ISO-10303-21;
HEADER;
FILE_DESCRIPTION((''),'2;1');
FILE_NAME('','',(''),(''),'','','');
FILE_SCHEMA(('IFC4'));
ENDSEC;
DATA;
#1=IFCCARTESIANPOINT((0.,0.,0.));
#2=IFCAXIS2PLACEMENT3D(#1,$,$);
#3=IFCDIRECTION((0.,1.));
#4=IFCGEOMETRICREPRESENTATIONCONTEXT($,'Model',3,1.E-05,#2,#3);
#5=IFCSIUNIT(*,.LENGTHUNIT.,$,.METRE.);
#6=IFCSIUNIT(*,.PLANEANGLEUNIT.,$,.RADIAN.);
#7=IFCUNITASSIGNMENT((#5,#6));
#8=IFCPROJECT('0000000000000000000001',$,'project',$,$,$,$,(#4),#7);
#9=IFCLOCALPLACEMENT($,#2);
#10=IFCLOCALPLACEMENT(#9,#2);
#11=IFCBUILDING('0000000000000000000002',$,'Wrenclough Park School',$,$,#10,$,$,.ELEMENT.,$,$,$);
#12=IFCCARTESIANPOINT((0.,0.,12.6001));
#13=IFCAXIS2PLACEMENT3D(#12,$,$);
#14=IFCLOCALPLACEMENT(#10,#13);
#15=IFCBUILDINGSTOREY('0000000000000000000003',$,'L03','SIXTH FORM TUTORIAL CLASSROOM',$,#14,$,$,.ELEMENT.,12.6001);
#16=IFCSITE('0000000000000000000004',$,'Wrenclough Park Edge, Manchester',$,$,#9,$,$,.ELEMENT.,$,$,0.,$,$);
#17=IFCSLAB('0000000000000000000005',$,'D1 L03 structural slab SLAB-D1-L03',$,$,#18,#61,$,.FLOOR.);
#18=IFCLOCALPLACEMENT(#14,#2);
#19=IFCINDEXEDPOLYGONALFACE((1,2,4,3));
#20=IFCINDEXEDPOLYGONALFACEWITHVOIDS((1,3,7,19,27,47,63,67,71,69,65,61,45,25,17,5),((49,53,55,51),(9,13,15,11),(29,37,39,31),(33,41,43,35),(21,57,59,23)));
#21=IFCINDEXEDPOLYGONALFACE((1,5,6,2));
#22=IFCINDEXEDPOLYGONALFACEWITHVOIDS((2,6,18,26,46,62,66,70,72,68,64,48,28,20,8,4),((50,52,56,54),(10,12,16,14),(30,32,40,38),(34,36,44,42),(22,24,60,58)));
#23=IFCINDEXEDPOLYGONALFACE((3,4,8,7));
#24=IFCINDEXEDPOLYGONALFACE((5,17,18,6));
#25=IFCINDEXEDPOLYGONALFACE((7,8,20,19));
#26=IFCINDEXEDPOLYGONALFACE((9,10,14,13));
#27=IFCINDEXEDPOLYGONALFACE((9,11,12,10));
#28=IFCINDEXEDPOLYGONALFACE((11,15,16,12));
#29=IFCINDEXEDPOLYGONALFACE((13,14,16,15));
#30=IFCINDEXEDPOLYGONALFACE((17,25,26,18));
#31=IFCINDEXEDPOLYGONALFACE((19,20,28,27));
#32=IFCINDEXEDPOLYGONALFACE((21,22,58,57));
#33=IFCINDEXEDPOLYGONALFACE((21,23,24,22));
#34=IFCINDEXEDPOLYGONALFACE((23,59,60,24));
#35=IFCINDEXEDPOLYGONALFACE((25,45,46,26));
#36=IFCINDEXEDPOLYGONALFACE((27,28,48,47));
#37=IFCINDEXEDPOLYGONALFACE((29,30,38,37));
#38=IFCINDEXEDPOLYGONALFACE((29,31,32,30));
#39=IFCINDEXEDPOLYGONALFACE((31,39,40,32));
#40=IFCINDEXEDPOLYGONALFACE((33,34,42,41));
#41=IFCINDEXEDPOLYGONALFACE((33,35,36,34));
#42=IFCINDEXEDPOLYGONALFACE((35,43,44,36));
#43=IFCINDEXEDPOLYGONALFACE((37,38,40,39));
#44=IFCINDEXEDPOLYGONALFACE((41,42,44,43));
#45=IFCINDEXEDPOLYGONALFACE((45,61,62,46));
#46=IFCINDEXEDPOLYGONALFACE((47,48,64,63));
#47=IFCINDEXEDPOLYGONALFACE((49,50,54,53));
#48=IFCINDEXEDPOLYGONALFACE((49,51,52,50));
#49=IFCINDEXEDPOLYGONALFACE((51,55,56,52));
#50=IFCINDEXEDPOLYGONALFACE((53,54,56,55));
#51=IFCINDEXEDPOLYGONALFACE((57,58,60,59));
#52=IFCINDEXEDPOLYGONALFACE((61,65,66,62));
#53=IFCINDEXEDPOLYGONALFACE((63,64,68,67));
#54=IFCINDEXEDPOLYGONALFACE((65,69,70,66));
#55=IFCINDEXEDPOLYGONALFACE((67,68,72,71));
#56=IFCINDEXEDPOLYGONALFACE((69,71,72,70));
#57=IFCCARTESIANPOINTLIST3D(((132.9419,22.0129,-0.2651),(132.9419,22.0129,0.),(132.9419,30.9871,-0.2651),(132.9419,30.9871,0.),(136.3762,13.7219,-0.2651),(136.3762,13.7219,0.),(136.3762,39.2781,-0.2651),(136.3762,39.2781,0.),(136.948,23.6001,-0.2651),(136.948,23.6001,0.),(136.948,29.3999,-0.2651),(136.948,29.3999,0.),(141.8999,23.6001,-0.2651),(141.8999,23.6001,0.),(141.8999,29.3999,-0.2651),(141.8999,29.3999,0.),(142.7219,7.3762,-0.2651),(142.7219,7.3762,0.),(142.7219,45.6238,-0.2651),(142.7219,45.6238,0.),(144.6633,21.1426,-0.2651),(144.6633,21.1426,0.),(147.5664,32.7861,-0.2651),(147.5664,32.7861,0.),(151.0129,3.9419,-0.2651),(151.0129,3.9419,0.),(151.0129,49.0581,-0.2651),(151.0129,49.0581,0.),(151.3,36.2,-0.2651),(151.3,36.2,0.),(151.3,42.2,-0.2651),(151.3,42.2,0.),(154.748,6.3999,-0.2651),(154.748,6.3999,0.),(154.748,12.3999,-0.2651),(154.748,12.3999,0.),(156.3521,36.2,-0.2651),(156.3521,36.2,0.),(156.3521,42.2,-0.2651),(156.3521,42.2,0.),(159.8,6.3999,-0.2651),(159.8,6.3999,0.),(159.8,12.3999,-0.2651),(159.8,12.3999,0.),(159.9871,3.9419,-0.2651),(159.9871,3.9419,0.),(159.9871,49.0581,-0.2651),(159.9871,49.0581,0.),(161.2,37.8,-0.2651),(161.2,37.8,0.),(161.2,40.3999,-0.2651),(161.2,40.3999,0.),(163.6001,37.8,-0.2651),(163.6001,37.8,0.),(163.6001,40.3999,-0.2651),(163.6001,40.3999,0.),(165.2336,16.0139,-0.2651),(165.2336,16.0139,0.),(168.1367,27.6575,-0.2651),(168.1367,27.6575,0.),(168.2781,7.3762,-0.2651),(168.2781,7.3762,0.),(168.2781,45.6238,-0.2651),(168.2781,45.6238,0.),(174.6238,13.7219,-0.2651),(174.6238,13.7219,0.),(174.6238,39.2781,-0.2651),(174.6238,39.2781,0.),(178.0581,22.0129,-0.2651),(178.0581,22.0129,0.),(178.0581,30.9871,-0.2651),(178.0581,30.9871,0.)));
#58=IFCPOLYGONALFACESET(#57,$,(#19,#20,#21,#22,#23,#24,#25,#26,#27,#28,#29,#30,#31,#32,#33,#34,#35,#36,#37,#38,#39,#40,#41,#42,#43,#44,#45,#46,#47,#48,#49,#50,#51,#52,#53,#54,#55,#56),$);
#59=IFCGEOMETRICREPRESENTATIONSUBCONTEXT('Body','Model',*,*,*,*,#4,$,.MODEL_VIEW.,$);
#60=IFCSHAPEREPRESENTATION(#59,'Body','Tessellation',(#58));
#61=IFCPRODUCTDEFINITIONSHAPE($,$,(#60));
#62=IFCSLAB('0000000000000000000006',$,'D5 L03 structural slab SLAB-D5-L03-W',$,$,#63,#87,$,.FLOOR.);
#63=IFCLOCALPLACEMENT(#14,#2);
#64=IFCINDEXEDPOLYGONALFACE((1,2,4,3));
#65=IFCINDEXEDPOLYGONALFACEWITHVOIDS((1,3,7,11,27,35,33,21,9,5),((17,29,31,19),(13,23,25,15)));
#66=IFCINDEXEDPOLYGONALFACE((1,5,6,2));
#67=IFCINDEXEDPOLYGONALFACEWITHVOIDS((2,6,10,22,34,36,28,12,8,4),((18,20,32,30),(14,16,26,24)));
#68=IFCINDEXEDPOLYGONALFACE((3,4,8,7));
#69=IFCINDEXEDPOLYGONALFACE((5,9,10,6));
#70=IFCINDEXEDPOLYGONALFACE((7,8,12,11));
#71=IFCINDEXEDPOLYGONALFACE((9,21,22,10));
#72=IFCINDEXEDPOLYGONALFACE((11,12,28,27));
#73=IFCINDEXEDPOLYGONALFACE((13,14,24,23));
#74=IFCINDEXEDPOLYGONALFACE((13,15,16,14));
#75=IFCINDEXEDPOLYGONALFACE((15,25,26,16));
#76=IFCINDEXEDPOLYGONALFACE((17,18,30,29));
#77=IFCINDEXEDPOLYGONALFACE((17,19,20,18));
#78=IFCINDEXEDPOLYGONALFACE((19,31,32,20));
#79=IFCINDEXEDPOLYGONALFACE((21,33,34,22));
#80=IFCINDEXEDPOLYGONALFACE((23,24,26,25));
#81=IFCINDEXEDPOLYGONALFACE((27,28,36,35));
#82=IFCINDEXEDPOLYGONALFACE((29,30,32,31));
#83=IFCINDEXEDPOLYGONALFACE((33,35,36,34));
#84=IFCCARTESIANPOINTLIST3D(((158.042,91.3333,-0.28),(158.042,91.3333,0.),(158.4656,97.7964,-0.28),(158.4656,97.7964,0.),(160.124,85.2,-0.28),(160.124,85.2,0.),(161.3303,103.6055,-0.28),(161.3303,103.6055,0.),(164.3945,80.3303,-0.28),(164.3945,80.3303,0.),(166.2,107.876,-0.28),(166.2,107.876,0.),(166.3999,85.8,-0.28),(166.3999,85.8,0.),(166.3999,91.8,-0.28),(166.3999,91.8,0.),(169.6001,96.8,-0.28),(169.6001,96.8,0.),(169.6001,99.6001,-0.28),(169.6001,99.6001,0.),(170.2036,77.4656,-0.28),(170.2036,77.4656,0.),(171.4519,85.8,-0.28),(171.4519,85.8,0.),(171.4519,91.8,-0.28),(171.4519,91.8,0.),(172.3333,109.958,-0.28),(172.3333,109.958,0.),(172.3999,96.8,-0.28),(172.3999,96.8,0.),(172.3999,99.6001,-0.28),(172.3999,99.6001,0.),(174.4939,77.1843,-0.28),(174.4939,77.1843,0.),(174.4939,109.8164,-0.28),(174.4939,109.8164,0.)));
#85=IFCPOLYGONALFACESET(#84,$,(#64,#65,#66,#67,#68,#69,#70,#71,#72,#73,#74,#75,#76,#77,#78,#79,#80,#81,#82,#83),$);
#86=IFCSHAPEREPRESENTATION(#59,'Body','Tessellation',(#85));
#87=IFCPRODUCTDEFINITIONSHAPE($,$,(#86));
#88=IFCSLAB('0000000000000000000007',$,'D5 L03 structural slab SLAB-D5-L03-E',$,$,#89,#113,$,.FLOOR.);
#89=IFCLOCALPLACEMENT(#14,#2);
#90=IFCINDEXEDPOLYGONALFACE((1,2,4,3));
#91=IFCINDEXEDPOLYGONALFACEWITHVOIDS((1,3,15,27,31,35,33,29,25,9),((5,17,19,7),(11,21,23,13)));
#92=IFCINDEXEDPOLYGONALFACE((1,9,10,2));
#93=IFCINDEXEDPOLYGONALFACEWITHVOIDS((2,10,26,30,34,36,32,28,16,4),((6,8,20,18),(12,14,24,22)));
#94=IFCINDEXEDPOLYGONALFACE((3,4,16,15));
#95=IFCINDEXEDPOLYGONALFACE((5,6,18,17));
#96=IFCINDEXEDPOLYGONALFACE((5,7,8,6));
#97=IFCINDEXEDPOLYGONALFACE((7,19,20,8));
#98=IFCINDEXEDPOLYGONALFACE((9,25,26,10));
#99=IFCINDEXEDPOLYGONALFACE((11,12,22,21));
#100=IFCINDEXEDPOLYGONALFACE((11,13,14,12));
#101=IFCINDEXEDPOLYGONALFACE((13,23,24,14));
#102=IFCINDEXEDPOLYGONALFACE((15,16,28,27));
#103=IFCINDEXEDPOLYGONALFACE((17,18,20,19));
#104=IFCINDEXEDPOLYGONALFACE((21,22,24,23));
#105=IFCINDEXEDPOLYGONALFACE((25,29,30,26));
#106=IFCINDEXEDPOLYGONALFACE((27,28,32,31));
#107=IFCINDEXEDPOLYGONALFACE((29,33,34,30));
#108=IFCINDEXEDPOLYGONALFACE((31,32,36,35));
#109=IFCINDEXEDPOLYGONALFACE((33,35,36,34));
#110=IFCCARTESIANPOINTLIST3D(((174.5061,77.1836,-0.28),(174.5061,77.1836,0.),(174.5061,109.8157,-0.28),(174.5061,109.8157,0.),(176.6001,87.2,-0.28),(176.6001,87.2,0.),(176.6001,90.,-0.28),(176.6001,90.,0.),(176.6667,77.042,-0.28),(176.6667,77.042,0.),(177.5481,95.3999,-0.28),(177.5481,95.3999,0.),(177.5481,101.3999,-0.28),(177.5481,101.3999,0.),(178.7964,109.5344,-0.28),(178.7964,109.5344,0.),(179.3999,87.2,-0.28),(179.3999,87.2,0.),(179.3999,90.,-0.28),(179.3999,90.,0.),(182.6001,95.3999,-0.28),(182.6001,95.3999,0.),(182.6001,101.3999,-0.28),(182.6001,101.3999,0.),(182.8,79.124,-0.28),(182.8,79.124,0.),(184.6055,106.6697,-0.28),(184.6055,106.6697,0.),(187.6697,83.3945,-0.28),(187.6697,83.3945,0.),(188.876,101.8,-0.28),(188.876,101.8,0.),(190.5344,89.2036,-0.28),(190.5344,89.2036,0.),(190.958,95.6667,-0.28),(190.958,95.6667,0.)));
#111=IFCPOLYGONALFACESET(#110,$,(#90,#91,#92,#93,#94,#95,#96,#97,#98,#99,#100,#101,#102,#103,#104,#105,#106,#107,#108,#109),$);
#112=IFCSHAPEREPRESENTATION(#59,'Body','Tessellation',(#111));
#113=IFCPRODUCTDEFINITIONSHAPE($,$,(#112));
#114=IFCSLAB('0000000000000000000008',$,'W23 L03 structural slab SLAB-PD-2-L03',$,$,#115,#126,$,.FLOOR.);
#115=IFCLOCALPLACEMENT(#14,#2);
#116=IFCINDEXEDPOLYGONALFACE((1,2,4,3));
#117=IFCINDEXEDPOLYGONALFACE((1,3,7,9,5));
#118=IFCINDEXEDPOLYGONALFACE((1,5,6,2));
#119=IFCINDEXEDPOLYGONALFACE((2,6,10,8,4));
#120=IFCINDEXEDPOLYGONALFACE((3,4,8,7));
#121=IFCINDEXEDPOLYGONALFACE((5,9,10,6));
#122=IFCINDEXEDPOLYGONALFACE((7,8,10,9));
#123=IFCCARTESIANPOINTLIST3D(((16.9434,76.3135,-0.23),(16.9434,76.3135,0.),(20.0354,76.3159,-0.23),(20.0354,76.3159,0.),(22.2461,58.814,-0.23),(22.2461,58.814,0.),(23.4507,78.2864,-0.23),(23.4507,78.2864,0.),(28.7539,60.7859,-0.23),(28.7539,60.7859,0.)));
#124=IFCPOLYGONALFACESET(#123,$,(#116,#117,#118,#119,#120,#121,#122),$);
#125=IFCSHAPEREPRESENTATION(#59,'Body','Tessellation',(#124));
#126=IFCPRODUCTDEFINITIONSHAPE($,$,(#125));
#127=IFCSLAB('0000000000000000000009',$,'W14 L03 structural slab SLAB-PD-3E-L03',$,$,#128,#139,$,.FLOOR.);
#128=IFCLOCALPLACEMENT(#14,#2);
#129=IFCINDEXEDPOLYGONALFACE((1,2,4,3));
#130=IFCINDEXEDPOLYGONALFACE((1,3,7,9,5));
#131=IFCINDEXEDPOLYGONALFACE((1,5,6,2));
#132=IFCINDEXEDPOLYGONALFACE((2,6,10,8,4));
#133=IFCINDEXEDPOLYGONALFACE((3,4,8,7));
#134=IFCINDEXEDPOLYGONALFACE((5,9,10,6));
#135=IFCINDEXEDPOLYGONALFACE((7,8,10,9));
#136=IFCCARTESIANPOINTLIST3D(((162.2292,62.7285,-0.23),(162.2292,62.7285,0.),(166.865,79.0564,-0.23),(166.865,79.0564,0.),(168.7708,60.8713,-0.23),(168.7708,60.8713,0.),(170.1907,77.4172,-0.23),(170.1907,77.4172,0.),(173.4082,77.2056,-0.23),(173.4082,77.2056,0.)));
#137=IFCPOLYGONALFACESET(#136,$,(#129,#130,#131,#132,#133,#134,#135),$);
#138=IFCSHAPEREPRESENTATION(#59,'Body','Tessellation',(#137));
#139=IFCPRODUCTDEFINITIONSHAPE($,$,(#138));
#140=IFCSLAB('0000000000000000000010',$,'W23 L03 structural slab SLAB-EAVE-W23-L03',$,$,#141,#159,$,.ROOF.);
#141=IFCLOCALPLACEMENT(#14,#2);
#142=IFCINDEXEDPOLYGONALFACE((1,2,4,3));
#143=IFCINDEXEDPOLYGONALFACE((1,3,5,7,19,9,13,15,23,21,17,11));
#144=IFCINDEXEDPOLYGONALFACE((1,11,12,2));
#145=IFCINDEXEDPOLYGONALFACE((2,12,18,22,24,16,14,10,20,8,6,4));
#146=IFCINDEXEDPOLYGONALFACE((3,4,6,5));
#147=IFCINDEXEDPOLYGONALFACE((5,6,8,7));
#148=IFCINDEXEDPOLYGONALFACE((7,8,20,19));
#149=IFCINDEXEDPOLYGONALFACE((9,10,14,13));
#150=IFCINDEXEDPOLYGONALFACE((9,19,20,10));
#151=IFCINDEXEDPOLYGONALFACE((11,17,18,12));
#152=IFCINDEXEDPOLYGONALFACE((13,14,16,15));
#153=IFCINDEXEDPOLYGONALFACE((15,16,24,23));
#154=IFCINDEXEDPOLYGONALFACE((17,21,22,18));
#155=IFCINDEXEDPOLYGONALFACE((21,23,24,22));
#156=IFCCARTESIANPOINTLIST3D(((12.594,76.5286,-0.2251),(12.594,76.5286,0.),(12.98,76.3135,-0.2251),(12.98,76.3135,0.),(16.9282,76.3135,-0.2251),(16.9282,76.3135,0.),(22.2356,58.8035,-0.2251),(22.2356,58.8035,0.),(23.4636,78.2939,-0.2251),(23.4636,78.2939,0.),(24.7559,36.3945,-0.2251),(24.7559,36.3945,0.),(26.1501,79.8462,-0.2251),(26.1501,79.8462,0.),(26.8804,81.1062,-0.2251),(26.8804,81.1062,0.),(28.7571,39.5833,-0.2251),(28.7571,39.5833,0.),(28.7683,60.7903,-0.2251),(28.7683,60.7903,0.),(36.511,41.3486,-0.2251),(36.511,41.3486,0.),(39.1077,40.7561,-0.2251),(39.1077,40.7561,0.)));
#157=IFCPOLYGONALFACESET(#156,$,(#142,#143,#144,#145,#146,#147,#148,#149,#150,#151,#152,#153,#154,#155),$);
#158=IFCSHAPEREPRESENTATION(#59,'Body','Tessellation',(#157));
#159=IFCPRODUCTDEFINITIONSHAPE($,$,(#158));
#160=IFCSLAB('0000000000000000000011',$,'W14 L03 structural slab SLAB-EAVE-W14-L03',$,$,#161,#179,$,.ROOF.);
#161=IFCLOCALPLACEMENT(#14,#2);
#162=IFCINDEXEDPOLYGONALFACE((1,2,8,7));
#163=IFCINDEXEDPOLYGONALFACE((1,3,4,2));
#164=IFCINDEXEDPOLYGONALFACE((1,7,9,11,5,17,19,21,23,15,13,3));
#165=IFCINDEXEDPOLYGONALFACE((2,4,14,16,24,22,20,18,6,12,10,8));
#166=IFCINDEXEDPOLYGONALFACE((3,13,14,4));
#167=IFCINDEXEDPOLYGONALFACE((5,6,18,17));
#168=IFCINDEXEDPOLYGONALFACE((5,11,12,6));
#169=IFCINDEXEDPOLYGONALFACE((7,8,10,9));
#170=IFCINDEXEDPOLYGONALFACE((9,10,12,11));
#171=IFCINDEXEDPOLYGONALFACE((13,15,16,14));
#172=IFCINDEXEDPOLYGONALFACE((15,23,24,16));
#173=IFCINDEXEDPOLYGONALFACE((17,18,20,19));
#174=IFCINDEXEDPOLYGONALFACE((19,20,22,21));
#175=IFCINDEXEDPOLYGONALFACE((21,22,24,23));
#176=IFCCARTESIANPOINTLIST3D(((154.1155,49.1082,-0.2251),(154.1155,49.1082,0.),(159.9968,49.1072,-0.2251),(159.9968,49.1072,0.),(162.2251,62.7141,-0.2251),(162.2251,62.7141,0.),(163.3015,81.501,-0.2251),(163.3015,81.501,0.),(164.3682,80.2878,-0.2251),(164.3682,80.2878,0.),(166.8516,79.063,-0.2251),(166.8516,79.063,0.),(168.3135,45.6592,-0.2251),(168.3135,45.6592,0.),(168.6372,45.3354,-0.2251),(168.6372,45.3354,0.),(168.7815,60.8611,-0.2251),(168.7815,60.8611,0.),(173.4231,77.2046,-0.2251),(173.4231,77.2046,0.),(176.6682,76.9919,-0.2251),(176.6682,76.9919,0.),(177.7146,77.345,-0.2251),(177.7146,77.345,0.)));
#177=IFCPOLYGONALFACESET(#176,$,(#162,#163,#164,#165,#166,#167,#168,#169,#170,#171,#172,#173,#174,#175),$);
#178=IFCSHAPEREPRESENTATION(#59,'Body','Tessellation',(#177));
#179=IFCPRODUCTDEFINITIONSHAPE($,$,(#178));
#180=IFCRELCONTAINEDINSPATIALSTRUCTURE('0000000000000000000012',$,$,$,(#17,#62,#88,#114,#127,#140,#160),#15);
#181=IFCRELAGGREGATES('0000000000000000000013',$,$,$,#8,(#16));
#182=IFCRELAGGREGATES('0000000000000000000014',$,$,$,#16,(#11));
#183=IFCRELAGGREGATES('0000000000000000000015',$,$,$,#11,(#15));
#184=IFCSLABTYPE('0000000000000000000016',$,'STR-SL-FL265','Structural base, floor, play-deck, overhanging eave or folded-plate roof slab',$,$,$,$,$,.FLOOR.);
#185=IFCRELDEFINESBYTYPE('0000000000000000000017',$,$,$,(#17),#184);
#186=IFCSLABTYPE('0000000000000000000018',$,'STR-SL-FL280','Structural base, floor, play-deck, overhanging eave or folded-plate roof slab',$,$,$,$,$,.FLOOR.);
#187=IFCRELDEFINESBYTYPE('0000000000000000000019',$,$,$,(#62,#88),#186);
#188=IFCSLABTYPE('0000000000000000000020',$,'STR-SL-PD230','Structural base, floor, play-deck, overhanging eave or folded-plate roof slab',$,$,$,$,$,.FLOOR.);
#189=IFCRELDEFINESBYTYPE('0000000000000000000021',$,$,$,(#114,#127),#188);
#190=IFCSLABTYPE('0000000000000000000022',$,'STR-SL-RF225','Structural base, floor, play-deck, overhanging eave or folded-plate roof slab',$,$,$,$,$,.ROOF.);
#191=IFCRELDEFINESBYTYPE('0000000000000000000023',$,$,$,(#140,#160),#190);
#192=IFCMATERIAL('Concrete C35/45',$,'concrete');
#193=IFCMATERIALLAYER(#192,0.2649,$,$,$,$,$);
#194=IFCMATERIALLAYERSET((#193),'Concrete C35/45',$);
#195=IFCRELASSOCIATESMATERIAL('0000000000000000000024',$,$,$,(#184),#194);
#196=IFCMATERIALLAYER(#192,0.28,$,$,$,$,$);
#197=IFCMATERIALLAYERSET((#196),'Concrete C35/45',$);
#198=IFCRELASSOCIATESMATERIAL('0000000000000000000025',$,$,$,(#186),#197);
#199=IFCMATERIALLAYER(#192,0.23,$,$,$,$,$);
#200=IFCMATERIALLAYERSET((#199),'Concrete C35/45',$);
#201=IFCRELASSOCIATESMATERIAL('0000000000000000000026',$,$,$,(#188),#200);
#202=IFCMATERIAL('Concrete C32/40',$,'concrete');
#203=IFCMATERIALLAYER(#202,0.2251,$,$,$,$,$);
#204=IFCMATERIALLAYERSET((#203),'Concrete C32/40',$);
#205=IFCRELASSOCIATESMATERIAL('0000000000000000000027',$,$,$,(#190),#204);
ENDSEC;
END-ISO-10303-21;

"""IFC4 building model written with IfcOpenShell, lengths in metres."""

from ifc_helpers import new_model, si_unit, direction, frame, origin, place, context, subcontext, project, spatial, polyline, outline, extrude, material, layer, layer_set, type_object, element, save


model = new_model("IFC4")

# Units and contexts
model_context = context("Model", 3, precision=1e-05, world=origin(), true_north=direction((0.0, 1.0)))
body_context = subcontext(model_context, "Body", "Model", "MODEL_VIEW")
ifc_project = project(units=[si_unit("LENGTHUNIT", "METRE"), si_unit("PLANEANGLEUNIT", "RADIAN")], contexts=[model_context])

# Site, building, storey
site_placement = place(None, origin())
site = spatial("IfcSite", under=ifc_project, at=site_placement, Name="Wrenclough Park Edge, Manchester", CompositionType="ELEMENT", RefElevation=0.0)
building_placement = place(site_placement, origin())
building = spatial("IfcBuilding", under=site, at=building_placement, Name="Wrenclough Park School", CompositionType="ELEMENT")
storey_placement = place(building_placement, frame((0.0, 0.0, 12.6001)))
storey = spatial("IfcBuildingStorey", under=building, at=storey_placement, Name="L03", Description="SIXTH FORM TUTORIAL CLASSROOM", CompositionType="ELEMENT", Elevation=12.6001)

# Slabs
ifc_material_1 = material(Name="Concrete C32/40", Category="concrete")
ifc_material_2 = material(Name="Concrete C35/45", Category="concrete")
ifc_layer_1 = layer(ifc_material_2, 0.2649)
ifc_layer_set_1 = layer_set([ifc_layer_1], Name="Concrete C35/45")
slab_type_1 = type_object("IfcSlabType", Name="STR-SL-FL265", Description="Structural base, floor, play-deck, overhanging eave or folded-plate roof slab", PredefinedType="FLOOR", material=ifc_layer_set_1)
slab_1_placement = place(storey_placement, frame((0.0, 0.0, -0.2651)))
element("IfcSlab", 1, at=slab_1_placement, inside=storey, type_object=slab_type_1, Name="D1 L03 structural slab SLAB-D1-L03", PredefinedType="FLOOR", context=body_context, shape_type="SweptSolid", body=[
    extrude(outline(polyline([(178.0581, 30.9871), (174.6238, 39.2781), (168.2781, 45.6238), (159.9871, 49.0581), (151.0129, 49.0581), (142.7219, 45.6238), (136.3762, 39.2781), (132.9419, 30.9871), (132.9419, 22.0129), (136.3762, 13.7219), (142.7219, 7.3762), (151.0129, 3.9419), (159.9871, 3.9419), (168.2781, 7.3762), (174.6238, 13.7219), (178.0581, 22.0129), (178.0581, 30.9871)]), holes=[polyline([(144.6633, 21.1426), (165.2336, 16.0139), (168.1367, 27.6575), (147.5664, 32.7861), (144.6633, 21.1426)]), polyline([(151.3, 36.2), (156.3521, 36.2), (156.3521, 42.2), (151.3, 42.2), (151.3, 36.2)]), polyline([(161.2, 37.8), (163.6001, 37.8), (163.6001, 40.3999), (161.2, 40.3999), (161.2, 37.8)]), polyline([(154.748, 6.3999), (159.8, 6.3999), (159.8, 12.3999), (154.748, 12.3999), (154.748, 6.3999)]), polyline([(136.948, 23.6001), (141.8999, 23.6001), (141.8999, 29.3999), (136.948, 29.3999), (136.948, 23.6001)])]), origin(), (0.0, 0.0, 1.0), 0.2651),
])
ifc_layer_2 = layer(ifc_material_2, 0.28)
ifc_layer_set_2 = layer_set([ifc_layer_2], Name="Concrete C35/45")
slab_type_2 = type_object("IfcSlabType", Name="STR-SL-FL280", Description="Structural base, floor, play-deck, overhanging eave or folded-plate roof slab", PredefinedType="FLOOR", material=ifc_layer_set_2)
slab_2_placement = place(storey_placement, frame((0.0, 0.0, -0.28)))
element("IfcSlab", 2, at=slab_2_placement, inside=storey, type_object=slab_type_2, Name="D5 L03 structural slab SLAB-D5-L03-W", PredefinedType="FLOOR", context=body_context, shape_type="SweptSolid", body=[
    extrude(outline(polyline([(170.2036, 77.4656), (174.4939, 77.1843), (174.4939, 109.8164), (172.3333, 109.958), (166.2, 107.876), (161.3303, 103.6055), (158.4656, 97.7964), (158.042, 91.3333), (160.124, 85.2), (164.3945, 80.3303), (170.2036, 77.4656)]), holes=[polyline([(166.3999, 85.8), (171.4519, 85.8), (171.4519, 91.8), (166.3999, 91.8), (166.3999, 85.8)]), polyline([(169.6001, 96.8), (172.3999, 96.8), (172.3999, 99.6001), (169.6001, 99.6001), (169.6001, 96.8)])]), origin(), (0.0, 0.0, 1.0), 0.28),
])
slab_3_placement = place(storey_placement, frame((0.0, 0.0, -0.28)))
element("IfcSlab", 3, at=slab_3_placement, inside=storey, type_object=slab_type_2, Name="D5 L03 structural slab SLAB-D5-L03-E", PredefinedType="FLOOR", context=body_context, shape_type="SweptSolid", body=[
    extrude(outline(polyline([(178.7964, 109.5344), (174.5061, 109.8157), (174.5061, 77.1836), (176.6667, 77.042), (182.8, 79.124), (187.6697, 83.3945), (190.5344, 89.2036), (190.958, 95.6667), (188.876, 101.8), (184.6055, 106.6697), (178.7964, 109.5344)]), holes=[polyline([(176.6001, 87.2), (179.3999, 87.2), (179.3999, 90.0), (176.6001, 90.0), (176.6001, 87.2)]), polyline([(177.5481, 95.3999), (182.6001, 95.3999), (182.6001, 101.3999), (177.5481, 101.3999), (177.5481, 95.3999)])]), origin(), (0.0, 0.0, 1.0), 0.28),
])
ifc_layer_3 = layer(ifc_material_2, 0.23)
ifc_layer_set_3 = layer_set([ifc_layer_3], Name="Concrete C35/45")
slab_type_3 = type_object("IfcSlabType", Name="STR-SL-PD230", Description="Structural base, floor, play-deck, overhanging eave or folded-plate roof slab", PredefinedType="FLOOR", material=ifc_layer_set_3)
slab_4_placement = place(storey_placement, frame((0.0, 0.0, -0.23)))
element("IfcSlab", 4, at=slab_4_placement, inside=storey, type_object=slab_type_3, Name="W23 L03 structural slab SLAB-PD-2-L03", PredefinedType="FLOOR", context=body_context, shape_type="SweptSolid", body=[
    extrude(outline(polyline([(28.7539, 60.7859), (23.4507, 78.2864), (20.0354, 76.3159), (16.9434, 76.3135), (22.2461, 58.814), (28.7539, 60.7859)])), origin(), (0.0, 0.0, 1.0), 0.23),
])
slab_5_placement = place(storey_placement, frame((0.0, 0.0, -0.23)))
element("IfcSlab", 5, at=slab_5_placement, inside=storey, type_object=slab_type_3, Name="W14 L03 structural slab SLAB-PD-3E-L03", PredefinedType="FLOOR", context=body_context, shape_type="SweptSolid", body=[
    extrude(outline(polyline([(168.7708, 60.8713), (173.4082, 77.2056), (170.1907, 77.4172), (166.865, 79.0564), (162.2292, 62.7285), (168.7708, 60.8713)])), origin(), (0.0, 0.0, 1.0), 0.23),
])
ifc_layer_4 = layer(ifc_material_1, 0.2251)
ifc_layer_set_4 = layer_set([ifc_layer_4], Name="Concrete C32/40")
slab_type_4 = type_object("IfcSlabType", Name="STR-SL-RF225", Description="Structural base, floor, play-deck, overhanging eave or folded-plate roof slab", PredefinedType="ROOF", material=ifc_layer_set_4)
slab_6_placement = place(storey_placement, frame((0.0, 0.0, -0.2251)))
element("IfcSlab", 6, at=slab_6_placement, inside=storey, type_object=slab_type_4, Name="W23 L03 structural slab SLAB-EAVE-W23-L03", PredefinedType="ROOF", context=body_context, shape_type="SweptSolid", body=[
    extrude(outline(polyline([(36.511, 41.3486), (39.1077, 40.7561), (26.8804, 81.1062), (26.1501, 79.8462), (23.4636, 78.2939), (28.7683, 60.7903), (22.2356, 58.8035), (16.9282, 76.3135), (12.98, 76.3135), (12.594, 76.5286), (24.7559, 36.3945), (28.7571, 39.5833), (36.511, 41.3486)])), origin(), (0.0, 0.0, 1.0), 0.2251),
])
slab_7_placement = place(storey_placement, frame((0.0, 0.0, -0.2251)))
element("IfcSlab", 7, at=slab_7_placement, inside=storey, type_object=slab_type_4, Name="W14 L03 structural slab SLAB-EAVE-W14-L03", PredefinedType="ROOF", context=body_context, shape_type="SweptSolid", body=[
    extrude(outline(polyline([(168.3135, 45.6592), (168.6372, 45.3354), (177.7146, 77.345), (176.6682, 76.9919), (173.4231, 77.2046), (168.7815, 60.8611), (162.2251, 62.7141), (166.8516, 79.063), (164.3682, 80.2878), (163.3015, 81.501), (154.1155, 49.1082), (159.9968, 49.1072), (168.3135, 45.6592)])), origin(), (0.0, 0.0, 1.0), 0.2251),
])

save(model, "model.ifc")
